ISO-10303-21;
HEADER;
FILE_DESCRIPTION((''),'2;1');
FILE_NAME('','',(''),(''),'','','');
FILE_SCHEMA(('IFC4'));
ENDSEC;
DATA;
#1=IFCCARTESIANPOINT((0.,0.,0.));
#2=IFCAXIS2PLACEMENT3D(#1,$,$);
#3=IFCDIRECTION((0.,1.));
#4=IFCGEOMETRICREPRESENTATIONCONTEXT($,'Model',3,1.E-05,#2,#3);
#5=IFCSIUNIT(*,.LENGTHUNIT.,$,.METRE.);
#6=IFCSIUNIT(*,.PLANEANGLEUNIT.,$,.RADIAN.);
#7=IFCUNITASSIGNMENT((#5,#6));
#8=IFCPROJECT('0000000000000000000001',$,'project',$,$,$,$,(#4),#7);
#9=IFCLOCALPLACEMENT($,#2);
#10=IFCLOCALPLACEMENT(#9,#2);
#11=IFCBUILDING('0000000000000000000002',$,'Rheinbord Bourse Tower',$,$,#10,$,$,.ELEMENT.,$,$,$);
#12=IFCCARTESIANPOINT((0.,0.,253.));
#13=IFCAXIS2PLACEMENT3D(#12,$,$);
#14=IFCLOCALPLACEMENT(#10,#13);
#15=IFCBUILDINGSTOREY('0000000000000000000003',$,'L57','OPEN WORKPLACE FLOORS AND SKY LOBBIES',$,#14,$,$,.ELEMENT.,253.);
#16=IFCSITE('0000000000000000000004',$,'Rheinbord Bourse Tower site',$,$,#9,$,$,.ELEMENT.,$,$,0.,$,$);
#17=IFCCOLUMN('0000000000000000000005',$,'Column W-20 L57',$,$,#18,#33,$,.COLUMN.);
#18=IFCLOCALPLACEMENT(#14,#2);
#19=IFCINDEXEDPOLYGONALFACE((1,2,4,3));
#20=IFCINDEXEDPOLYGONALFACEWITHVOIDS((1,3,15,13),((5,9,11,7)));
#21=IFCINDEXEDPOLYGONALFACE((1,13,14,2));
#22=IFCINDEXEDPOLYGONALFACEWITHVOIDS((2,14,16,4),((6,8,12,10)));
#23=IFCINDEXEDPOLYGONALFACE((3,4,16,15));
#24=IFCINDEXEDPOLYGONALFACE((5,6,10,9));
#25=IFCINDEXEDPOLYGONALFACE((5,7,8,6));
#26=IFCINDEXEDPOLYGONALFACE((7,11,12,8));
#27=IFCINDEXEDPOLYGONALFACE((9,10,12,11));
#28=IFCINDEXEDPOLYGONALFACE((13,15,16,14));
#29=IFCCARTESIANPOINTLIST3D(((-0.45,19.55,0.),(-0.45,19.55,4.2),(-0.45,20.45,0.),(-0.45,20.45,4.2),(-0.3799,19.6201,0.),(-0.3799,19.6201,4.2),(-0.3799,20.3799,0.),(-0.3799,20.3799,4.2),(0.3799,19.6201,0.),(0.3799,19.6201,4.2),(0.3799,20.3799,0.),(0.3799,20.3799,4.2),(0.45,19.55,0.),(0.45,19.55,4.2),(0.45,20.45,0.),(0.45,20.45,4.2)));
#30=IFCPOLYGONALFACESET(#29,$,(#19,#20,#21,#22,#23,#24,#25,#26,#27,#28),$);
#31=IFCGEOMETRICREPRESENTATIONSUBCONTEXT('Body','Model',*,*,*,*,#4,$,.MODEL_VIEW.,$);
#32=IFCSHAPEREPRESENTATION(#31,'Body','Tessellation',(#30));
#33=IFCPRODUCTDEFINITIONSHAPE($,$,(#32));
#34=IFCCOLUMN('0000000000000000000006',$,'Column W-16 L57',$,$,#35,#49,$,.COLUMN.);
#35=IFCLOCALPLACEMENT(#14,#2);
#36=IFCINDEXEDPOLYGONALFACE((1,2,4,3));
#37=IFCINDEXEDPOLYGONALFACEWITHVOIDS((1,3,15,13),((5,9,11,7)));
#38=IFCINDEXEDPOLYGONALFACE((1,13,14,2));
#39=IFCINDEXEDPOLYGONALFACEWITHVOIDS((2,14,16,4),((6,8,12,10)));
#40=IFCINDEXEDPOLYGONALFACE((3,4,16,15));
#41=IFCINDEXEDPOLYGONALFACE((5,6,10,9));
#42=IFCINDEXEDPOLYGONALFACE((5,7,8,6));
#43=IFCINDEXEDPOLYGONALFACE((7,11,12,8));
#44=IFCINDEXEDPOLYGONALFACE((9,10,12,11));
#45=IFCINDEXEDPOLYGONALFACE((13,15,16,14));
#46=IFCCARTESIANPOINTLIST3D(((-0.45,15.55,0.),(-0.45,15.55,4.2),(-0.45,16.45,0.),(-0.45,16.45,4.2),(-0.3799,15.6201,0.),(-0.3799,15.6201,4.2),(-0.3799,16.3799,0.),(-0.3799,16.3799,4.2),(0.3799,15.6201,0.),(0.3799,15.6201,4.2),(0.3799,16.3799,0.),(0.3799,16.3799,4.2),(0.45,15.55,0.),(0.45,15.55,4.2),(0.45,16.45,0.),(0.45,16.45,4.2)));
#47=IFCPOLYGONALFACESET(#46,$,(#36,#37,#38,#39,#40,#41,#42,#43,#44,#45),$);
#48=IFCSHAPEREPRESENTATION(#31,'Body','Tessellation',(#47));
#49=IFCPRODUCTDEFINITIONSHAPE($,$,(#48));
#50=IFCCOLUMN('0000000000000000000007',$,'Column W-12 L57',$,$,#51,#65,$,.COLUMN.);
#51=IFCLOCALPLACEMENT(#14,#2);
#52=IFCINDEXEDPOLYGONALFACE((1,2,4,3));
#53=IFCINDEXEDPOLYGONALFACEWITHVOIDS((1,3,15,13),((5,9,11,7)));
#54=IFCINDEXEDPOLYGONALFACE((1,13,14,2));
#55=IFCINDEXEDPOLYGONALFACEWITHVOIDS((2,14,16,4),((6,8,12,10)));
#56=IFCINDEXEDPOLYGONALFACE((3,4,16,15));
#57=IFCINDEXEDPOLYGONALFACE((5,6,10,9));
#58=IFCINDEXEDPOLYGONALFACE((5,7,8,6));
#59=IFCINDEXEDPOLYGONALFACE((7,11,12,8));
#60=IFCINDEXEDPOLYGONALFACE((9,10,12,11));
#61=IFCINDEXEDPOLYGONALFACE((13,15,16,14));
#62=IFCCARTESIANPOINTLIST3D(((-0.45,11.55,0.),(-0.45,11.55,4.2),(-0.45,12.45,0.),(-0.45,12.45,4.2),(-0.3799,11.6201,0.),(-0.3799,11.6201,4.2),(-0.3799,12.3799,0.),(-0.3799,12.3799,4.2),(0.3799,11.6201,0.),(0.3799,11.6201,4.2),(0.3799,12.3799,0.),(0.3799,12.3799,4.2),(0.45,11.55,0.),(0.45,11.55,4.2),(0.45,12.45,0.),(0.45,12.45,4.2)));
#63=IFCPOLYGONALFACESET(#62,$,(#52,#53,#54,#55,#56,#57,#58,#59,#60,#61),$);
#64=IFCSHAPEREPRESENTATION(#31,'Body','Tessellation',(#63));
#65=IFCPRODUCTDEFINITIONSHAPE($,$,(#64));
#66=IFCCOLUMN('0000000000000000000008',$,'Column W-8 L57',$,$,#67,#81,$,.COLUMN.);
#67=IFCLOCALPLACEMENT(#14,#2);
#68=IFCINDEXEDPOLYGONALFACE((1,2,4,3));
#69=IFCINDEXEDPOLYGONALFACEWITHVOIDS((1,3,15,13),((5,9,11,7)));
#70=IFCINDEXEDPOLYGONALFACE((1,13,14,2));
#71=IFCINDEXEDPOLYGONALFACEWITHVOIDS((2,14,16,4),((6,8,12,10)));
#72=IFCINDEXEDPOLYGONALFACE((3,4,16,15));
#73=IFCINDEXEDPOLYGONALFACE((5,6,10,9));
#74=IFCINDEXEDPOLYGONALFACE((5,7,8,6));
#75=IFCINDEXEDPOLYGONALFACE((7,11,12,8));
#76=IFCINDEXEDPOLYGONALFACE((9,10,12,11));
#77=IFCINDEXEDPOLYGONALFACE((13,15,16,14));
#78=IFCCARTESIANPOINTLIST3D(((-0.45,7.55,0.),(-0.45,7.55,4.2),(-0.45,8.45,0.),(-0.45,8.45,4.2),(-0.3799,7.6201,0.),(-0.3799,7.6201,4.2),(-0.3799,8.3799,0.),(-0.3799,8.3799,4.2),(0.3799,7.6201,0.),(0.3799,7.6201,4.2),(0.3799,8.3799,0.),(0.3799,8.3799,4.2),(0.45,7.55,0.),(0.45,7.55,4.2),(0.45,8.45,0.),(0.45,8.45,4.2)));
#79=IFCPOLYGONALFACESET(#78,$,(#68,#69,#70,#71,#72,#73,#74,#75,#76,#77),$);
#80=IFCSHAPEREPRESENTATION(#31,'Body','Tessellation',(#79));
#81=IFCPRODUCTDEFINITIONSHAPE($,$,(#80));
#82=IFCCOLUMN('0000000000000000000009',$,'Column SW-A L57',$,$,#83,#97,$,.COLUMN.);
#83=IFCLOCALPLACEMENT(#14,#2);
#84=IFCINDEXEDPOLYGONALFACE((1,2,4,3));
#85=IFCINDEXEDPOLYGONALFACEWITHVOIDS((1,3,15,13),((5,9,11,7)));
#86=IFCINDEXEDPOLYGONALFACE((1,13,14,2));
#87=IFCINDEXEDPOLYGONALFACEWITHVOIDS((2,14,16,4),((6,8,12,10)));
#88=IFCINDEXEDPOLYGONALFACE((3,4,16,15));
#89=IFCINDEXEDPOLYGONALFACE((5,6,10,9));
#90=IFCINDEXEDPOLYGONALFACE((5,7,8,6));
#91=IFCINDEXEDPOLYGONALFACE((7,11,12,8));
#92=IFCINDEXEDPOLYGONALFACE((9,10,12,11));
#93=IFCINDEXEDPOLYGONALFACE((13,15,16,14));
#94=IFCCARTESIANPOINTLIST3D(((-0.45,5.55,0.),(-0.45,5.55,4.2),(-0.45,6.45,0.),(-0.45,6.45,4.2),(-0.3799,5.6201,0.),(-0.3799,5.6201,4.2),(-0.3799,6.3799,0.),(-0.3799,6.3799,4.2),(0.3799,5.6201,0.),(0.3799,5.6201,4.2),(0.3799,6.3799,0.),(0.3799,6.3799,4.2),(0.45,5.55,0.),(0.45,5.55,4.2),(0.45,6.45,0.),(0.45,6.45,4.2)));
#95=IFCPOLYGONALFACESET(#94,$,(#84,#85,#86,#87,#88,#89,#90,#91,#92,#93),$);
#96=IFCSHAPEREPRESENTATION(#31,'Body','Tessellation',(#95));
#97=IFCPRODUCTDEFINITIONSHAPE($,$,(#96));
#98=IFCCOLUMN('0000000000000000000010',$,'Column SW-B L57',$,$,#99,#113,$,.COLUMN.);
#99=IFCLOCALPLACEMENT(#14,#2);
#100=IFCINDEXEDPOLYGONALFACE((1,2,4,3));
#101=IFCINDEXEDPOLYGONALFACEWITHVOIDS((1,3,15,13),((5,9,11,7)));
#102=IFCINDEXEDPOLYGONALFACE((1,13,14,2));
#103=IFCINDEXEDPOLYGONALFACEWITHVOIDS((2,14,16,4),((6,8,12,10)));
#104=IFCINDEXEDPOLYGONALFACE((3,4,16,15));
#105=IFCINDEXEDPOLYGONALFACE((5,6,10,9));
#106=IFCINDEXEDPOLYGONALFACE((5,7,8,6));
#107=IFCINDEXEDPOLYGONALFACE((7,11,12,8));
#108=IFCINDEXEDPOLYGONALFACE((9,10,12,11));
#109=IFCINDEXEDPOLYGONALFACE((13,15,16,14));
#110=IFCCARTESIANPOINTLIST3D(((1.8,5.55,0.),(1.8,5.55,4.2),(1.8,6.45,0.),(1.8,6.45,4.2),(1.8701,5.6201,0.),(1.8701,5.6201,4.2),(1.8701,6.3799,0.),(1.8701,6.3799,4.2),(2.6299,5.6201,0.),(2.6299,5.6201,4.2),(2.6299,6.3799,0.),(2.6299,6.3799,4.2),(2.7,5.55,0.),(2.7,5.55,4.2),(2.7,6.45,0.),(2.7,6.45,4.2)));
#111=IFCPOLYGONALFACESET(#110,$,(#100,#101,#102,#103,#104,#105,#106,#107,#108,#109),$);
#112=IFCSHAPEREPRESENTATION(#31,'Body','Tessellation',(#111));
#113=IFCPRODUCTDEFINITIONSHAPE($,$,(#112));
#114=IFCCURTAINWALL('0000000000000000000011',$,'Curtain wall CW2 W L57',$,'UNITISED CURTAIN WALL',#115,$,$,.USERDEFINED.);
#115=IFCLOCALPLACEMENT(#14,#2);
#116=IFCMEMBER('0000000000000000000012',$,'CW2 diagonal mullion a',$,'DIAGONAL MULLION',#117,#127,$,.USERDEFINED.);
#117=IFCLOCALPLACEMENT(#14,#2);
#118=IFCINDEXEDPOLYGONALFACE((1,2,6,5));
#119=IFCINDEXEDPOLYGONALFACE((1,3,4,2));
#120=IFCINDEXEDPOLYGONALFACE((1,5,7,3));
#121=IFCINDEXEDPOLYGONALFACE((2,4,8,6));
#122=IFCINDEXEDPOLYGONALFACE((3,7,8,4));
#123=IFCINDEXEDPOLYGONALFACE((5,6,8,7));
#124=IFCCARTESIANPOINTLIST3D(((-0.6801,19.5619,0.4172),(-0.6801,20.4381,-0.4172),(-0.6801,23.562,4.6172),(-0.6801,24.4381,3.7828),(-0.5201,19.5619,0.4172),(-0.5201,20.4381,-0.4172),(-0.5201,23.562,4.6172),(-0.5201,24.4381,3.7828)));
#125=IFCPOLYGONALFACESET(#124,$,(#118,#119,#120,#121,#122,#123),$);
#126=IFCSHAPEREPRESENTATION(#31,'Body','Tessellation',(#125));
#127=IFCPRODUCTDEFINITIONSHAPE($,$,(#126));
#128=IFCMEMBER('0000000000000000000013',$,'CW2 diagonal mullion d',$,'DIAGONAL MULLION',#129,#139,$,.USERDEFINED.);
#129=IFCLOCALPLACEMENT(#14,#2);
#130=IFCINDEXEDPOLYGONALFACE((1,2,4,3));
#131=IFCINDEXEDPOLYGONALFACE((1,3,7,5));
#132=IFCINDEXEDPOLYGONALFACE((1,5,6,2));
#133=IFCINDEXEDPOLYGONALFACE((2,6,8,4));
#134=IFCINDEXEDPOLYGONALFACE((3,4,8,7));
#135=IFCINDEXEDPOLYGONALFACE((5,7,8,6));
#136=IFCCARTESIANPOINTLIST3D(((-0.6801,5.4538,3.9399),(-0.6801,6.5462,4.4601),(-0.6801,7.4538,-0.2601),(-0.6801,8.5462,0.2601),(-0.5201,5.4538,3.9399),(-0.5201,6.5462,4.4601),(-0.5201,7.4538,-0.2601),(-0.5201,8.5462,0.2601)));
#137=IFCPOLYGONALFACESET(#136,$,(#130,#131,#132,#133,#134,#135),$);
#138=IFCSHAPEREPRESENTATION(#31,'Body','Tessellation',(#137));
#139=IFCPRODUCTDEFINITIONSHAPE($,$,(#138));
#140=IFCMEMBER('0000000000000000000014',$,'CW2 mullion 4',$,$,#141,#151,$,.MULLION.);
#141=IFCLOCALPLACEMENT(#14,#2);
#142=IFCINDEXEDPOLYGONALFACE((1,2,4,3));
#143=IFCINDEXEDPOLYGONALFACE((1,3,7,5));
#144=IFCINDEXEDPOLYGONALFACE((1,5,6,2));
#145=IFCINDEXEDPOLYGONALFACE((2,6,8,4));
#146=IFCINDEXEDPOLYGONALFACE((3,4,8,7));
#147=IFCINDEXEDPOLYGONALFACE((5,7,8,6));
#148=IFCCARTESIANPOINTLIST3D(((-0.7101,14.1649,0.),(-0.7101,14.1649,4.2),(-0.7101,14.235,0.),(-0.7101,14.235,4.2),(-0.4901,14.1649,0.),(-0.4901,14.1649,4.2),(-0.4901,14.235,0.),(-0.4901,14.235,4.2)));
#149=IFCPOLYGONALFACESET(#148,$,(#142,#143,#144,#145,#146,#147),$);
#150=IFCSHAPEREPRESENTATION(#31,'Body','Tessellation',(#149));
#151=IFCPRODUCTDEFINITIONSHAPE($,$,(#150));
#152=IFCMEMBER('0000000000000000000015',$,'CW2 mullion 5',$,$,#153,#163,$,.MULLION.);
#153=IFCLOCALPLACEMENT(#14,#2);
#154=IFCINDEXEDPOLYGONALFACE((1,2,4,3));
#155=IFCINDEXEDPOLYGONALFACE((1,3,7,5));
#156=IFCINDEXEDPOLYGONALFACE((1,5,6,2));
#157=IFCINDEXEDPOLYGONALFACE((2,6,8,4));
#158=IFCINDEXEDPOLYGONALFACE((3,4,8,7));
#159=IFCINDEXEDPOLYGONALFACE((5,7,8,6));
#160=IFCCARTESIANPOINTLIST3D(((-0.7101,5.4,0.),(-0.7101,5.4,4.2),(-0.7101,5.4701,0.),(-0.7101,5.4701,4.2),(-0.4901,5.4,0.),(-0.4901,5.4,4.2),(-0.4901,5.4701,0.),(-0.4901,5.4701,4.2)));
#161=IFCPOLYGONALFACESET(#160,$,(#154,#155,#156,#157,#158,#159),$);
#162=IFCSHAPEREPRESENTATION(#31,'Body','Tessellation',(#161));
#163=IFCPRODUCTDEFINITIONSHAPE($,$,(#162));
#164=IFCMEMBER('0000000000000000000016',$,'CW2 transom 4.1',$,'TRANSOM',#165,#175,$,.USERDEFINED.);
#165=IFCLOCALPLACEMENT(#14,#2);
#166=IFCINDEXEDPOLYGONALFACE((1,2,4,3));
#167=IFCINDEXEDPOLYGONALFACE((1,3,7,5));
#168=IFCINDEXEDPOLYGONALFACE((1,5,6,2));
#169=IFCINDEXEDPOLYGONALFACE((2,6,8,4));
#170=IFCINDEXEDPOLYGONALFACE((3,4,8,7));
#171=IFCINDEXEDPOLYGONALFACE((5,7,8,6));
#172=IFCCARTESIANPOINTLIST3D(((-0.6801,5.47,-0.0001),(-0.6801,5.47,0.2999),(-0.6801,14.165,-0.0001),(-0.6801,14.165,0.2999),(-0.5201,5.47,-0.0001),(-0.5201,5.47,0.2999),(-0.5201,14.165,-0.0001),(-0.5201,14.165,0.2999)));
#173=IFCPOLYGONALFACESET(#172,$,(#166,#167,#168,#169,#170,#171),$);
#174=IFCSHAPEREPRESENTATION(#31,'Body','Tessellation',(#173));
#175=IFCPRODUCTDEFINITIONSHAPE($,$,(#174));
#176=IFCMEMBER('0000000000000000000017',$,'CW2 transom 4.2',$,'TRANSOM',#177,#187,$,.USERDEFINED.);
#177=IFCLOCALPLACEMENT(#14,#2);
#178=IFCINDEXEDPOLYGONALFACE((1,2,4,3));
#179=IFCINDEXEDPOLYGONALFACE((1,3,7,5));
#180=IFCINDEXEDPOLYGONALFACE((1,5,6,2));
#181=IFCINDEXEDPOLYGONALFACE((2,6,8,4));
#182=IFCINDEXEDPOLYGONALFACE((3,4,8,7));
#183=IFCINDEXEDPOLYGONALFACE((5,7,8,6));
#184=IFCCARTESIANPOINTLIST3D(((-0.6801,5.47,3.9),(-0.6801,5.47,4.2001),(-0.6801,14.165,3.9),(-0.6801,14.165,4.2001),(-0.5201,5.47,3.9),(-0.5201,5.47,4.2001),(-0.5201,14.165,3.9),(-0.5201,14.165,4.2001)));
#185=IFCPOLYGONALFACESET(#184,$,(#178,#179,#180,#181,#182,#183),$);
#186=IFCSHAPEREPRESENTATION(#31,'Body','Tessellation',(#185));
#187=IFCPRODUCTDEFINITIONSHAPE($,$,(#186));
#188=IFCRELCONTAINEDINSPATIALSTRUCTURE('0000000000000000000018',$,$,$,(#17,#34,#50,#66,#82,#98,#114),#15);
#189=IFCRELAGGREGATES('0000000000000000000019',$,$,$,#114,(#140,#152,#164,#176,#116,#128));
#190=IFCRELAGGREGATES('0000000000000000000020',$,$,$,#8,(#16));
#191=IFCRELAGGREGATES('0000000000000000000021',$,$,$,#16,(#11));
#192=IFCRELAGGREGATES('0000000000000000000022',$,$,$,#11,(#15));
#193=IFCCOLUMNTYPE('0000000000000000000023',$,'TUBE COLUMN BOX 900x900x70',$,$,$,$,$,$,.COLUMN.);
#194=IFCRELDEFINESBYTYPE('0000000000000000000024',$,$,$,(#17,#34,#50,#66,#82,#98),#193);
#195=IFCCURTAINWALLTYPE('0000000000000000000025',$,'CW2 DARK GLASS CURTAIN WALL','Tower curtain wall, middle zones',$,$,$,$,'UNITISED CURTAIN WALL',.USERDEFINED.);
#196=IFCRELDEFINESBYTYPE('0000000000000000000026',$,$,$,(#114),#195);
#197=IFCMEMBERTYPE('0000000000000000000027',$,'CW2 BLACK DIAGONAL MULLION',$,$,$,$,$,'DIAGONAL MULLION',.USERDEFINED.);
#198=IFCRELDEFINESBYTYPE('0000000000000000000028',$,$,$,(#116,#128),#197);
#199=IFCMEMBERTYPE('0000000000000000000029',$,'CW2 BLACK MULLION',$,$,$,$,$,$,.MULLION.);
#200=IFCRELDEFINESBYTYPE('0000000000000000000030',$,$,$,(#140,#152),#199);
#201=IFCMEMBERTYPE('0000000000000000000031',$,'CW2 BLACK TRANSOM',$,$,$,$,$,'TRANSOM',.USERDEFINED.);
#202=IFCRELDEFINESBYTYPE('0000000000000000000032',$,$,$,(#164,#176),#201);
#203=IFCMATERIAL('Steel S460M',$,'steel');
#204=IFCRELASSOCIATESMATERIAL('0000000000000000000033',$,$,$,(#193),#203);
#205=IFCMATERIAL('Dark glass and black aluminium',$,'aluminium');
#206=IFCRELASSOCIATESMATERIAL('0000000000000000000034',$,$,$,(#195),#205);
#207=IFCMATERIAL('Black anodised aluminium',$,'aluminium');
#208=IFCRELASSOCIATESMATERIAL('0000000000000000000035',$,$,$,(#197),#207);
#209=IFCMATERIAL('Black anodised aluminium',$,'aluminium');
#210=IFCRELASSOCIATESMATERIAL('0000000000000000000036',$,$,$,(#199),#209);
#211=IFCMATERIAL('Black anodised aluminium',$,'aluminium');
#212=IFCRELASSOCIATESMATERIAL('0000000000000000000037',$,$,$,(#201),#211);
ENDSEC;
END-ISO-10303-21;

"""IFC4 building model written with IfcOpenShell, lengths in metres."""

from ifc_helpers import new_model, si_unit, direction, frame, origin, origin_2d, place, context, subcontext, project, spatial, rectangle, hollow_rectangle, extrude, material, material_profile, profile_set, type_object, element, aggregate, save


model = new_model("IFC4")

# Units and contexts
model_context = context("Model", 3, precision=1e-05, world=origin(), true_north=direction((0.0, 1.0)))
body_context = subcontext(model_context, "Body", "Model", "MODEL_VIEW")
ifc_project = project(units=[si_unit("LENGTHUNIT", "METRE"), si_unit("PLANEANGLEUNIT", "RADIAN")], contexts=[model_context])

# Site, building, storey
site_placement = place(None, origin())
site = spatial("IfcSite", under=ifc_project, at=site_placement, Name="Rheinbord Bourse Tower site", CompositionType="ELEMENT", RefElevation=0.0)
building_placement = place(site_placement, origin())
building = spatial("IfcBuilding", under=site, at=building_placement, Name="Rheinbord Bourse Tower", CompositionType="ELEMENT")
storey_placement = place(building_placement, frame((0.0, 0.0, 253.0)))
storey = spatial("IfcBuildingStorey", under=building, at=storey_placement, Name="L57", Description="OPEN WORKPLACE FLOORS AND SKY LOBBIES", CompositionType="ELEMENT", Elevation=253.0)

# Columns
ifc_material_1 = material(Name="Steel S460M", Category="steel")
ifc_material_profile_1 = material_profile(ifc_material_1, hollow_rectangle(XDim=0.8999, YDim=0.8999, WallThickness=0.0701, at=origin_2d()), Name="BOX 900x900x70")
ifc_profile_set_1 = profile_set([ifc_material_profile_1], Name="Steel S460M")
column_type = type_object("IfcColumnType", Name="TUBE COLUMN BOX 900x900x70", PredefinedType="COLUMN", material=ifc_profile_set_1)
for number, where, z_axis, x_axis, name in (
    (1, (0.0, 20.0, 0.0), (0.0, 0.0, 1.0), (1.0, 0.0, 0.0), "Column W-20 L57"),
    (2, (0.0, 16.0, 0.0), (0.0, 0.0, 1.0), (1.0, 0.0, 0.0), "Column W-16 L57"),
    (3, (0.0, 12.0, 0.0), (0.0, 0.0, 1.0), (1.0, 0.0, 0.0), "Column W-12 L57"),
    (4, (0.0, 8.0, 0.0), (0.0, 0.0, 1.0), (1.0, 0.0, 0.0), "Column W-8 L57"),
    (5, (0.0, 6.0, 0.0), (0.0, 0.0, 1.0), (1.0, 0.0, 0.0), "Column SW-A L57"),
    (6, (2.25, 6.0, 0.0), (0.0, 0.0, 1.0), (1.0, 0.0, 0.0), "Column SW-B L57"),
):
    element("IfcColumn", number, at=place(storey_placement, frame(where, z_axis=z_axis, x_axis=x_axis)), inside=storey, type_object=column_type, Name=name, PredefinedType="COLUMN", context=body_context, shape_type="SweptSolid", body=[
        extrude(hollow_rectangle(XDim=0.8999, YDim=0.8999, WallThickness=0.0701, at=origin_2d()), origin(), (0.0, 0.0, 1.0), 4.2),
    ])

# Curtain wall, members
ifc_material_2 = material(Name="Dark glass and black aluminium", Category="aluminium")
curtain_wall_type = type_object("IfcCurtainWallType", Name="CW2 DARK GLASS CURTAIN WALL", Description="Tower curtain wall, middle zones", ElementType="UNITISED CURTAIN WALL", PredefinedType="USERDEFINED", material=ifc_material_2)
curtain_wall_placement = place(storey_placement, origin())
curtain_wall = element("IfcCurtainWall", 7, at=curtain_wall_placement, inside=storey, type_object=curtain_wall_type, Name="Curtain wall CW2 W L57", ObjectType="UNITISED CURTAIN WALL", PredefinedType="USERDEFINED")
ifc_material_3 = material(Name="Black anodised aluminium", Category="aluminium")
ifc_material_profile_2 = material_profile(ifc_material_3, rectangle(XDim=0.1599, YDim=1.21, at=origin_2d()), Name="CW2 DIAGONAL MULLION 1210x160")
ifc_profile_set_2 = profile_set([ifc_material_profile_2], Name="Black anodised aluminium")
member_type_1 = type_object("IfcMemberType", Name="CW2 BLACK DIAGONAL MULLION", ElementType="DIAGONAL MULLION", PredefinedType="USERDEFINED", material=ifc_profile_set_2)
member_1_placement = place(storey_placement, frame((-0.6001, 20.0, 0.0), z_axis=(0.0, 0.689659, 0.724134), x_axis=(-1.0, 0.0, 0.0)))
member_1 = element("IfcMember", 8, at=member_1_placement, type_object=member_type_1, Name="CW2 diagonal mullion a", ObjectType="DIAGONAL MULLION", PredefinedType="USERDEFINED", context=body_context, shape_type="SweptSolid", body=[
    extrude(rectangle(XDim=0.1599, YDim=1.21, at=origin_2d()), origin(), (0.0, 0.0, 1.0), 5.8),
])
member_2_placement = place(storey_placement, frame((-0.6001, 8.0, 0.0), z_axis=(0.0, -0.429938, 0.902859), x_axis=(1.0, 0.0, 0.0)))
member_2 = element("IfcMember", 9, at=member_2_placement, type_object=member_type_1, Name="CW2 diagonal mullion d", ObjectType="DIAGONAL MULLION", PredefinedType="USERDEFINED", context=body_context, shape_type="SweptSolid", body=[
    extrude(rectangle(XDim=0.1599, YDim=1.21, at=origin_2d()), origin(), (0.0, 0.0, 1.0), 4.6519),
])
ifc_material_4 = material(Name="Black anodised aluminium", Category="aluminium")
ifc_material_profile_3 = material_profile(ifc_material_4, rectangle(XDim=0.22, YDim=0.0701, at=origin_2d()), Name="CW2 MULLION 70x220")
ifc_profile_set_3 = profile_set([ifc_material_profile_3], Name="Black anodised aluminium")
member_type_2 = type_object("IfcMemberType", Name="CW2 BLACK MULLION", PredefinedType="MULLION", material=ifc_profile_set_3)
member_3_placement = place(storey_placement, frame((-0.6001, 14.2, 0.0), z_axis=(0.0, 0.0, 1.0), x_axis=(1.0, 0.0, 0.0)))
member_3 = element("IfcMember", 10, at=member_3_placement, type_object=member_type_2, Name="CW2 mullion 4", PredefinedType="MULLION", context=body_context, shape_type="SweptSolid", body=[
    extrude(rectangle(XDim=0.22, YDim=0.0701, at=origin_2d()), origin(), (0.0, 0.0, 1.0), 4.2),
])
member_4_placement = place(storey_placement, frame((-0.6001, 5.4351, 0.0), z_axis=(0.0, 0.0, 1.0), x_axis=(1.0, 0.0, 0.0)))
member_4 = element("IfcMember", 11, at=member_4_placement, type_object=member_type_2, Name="CW2 mullion 5", PredefinedType="MULLION", context=body_context, shape_type="SweptSolid", body=[
    extrude(rectangle(XDim=0.22, YDim=0.0701, at=origin_2d()), origin(), (0.0, 0.0, 1.0), 4.2),
])
ifc_material_5 = material(Name="Black anodised aluminium", Category="aluminium")
ifc_material_profile_4 = material_profile(ifc_material_5, rectangle(XDim=0.1599, YDim=0.3, at=origin_2d()), Name="CW2 TRANSOM 300x160")
ifc_profile_set_4 = profile_set([ifc_material_profile_4], Name="Black anodised aluminium")
member_type_3 = type_object("IfcMemberType", Name="CW2 BLACK TRANSOM", ElementType="TRANSOM", PredefinedType="USERDEFINED", material=ifc_profile_set_4)
member_5_placement = place(storey_placement, frame((-0.6001, 14.165, 0.1499), z_axis=(0.0, -1.0, 0.0), x_axis=(1.0, 0.0, 0.0)))
member_5 = element("IfcMember", 12, at=member_5_placement, type_object=member_type_3, Name="CW2 transom 4.1", ObjectType="TRANSOM", PredefinedType="USERDEFINED", context=body_context, shape_type="SweptSolid", body=[
    extrude(rectangle(XDim=0.1599, YDim=0.3, at=origin_2d()), origin(), (0.0, 0.0, 1.0), 8.6951),
])
member_6_placement = place(storey_placement, frame((-0.6001, 14.165, 4.05), z_axis=(0.0, -1.0, 0.0), x_axis=(1.0, 0.0, 0.0)))
member_6 = element("IfcMember", 13, at=member_6_placement, type_object=member_type_3, Name="CW2 transom 4.2", ObjectType="TRANSOM", PredefinedType="USERDEFINED", context=body_context, shape_type="SweptSolid", body=[
    extrude(rectangle(XDim=0.1599, YDim=0.3, at=origin_2d()), origin(), (0.0, 0.0, 1.0), 8.6951),
])

aggregate(curtain_wall, [member_3, member_4, member_5, member_6, member_1, member_2])

save(model, "model.ifc")
